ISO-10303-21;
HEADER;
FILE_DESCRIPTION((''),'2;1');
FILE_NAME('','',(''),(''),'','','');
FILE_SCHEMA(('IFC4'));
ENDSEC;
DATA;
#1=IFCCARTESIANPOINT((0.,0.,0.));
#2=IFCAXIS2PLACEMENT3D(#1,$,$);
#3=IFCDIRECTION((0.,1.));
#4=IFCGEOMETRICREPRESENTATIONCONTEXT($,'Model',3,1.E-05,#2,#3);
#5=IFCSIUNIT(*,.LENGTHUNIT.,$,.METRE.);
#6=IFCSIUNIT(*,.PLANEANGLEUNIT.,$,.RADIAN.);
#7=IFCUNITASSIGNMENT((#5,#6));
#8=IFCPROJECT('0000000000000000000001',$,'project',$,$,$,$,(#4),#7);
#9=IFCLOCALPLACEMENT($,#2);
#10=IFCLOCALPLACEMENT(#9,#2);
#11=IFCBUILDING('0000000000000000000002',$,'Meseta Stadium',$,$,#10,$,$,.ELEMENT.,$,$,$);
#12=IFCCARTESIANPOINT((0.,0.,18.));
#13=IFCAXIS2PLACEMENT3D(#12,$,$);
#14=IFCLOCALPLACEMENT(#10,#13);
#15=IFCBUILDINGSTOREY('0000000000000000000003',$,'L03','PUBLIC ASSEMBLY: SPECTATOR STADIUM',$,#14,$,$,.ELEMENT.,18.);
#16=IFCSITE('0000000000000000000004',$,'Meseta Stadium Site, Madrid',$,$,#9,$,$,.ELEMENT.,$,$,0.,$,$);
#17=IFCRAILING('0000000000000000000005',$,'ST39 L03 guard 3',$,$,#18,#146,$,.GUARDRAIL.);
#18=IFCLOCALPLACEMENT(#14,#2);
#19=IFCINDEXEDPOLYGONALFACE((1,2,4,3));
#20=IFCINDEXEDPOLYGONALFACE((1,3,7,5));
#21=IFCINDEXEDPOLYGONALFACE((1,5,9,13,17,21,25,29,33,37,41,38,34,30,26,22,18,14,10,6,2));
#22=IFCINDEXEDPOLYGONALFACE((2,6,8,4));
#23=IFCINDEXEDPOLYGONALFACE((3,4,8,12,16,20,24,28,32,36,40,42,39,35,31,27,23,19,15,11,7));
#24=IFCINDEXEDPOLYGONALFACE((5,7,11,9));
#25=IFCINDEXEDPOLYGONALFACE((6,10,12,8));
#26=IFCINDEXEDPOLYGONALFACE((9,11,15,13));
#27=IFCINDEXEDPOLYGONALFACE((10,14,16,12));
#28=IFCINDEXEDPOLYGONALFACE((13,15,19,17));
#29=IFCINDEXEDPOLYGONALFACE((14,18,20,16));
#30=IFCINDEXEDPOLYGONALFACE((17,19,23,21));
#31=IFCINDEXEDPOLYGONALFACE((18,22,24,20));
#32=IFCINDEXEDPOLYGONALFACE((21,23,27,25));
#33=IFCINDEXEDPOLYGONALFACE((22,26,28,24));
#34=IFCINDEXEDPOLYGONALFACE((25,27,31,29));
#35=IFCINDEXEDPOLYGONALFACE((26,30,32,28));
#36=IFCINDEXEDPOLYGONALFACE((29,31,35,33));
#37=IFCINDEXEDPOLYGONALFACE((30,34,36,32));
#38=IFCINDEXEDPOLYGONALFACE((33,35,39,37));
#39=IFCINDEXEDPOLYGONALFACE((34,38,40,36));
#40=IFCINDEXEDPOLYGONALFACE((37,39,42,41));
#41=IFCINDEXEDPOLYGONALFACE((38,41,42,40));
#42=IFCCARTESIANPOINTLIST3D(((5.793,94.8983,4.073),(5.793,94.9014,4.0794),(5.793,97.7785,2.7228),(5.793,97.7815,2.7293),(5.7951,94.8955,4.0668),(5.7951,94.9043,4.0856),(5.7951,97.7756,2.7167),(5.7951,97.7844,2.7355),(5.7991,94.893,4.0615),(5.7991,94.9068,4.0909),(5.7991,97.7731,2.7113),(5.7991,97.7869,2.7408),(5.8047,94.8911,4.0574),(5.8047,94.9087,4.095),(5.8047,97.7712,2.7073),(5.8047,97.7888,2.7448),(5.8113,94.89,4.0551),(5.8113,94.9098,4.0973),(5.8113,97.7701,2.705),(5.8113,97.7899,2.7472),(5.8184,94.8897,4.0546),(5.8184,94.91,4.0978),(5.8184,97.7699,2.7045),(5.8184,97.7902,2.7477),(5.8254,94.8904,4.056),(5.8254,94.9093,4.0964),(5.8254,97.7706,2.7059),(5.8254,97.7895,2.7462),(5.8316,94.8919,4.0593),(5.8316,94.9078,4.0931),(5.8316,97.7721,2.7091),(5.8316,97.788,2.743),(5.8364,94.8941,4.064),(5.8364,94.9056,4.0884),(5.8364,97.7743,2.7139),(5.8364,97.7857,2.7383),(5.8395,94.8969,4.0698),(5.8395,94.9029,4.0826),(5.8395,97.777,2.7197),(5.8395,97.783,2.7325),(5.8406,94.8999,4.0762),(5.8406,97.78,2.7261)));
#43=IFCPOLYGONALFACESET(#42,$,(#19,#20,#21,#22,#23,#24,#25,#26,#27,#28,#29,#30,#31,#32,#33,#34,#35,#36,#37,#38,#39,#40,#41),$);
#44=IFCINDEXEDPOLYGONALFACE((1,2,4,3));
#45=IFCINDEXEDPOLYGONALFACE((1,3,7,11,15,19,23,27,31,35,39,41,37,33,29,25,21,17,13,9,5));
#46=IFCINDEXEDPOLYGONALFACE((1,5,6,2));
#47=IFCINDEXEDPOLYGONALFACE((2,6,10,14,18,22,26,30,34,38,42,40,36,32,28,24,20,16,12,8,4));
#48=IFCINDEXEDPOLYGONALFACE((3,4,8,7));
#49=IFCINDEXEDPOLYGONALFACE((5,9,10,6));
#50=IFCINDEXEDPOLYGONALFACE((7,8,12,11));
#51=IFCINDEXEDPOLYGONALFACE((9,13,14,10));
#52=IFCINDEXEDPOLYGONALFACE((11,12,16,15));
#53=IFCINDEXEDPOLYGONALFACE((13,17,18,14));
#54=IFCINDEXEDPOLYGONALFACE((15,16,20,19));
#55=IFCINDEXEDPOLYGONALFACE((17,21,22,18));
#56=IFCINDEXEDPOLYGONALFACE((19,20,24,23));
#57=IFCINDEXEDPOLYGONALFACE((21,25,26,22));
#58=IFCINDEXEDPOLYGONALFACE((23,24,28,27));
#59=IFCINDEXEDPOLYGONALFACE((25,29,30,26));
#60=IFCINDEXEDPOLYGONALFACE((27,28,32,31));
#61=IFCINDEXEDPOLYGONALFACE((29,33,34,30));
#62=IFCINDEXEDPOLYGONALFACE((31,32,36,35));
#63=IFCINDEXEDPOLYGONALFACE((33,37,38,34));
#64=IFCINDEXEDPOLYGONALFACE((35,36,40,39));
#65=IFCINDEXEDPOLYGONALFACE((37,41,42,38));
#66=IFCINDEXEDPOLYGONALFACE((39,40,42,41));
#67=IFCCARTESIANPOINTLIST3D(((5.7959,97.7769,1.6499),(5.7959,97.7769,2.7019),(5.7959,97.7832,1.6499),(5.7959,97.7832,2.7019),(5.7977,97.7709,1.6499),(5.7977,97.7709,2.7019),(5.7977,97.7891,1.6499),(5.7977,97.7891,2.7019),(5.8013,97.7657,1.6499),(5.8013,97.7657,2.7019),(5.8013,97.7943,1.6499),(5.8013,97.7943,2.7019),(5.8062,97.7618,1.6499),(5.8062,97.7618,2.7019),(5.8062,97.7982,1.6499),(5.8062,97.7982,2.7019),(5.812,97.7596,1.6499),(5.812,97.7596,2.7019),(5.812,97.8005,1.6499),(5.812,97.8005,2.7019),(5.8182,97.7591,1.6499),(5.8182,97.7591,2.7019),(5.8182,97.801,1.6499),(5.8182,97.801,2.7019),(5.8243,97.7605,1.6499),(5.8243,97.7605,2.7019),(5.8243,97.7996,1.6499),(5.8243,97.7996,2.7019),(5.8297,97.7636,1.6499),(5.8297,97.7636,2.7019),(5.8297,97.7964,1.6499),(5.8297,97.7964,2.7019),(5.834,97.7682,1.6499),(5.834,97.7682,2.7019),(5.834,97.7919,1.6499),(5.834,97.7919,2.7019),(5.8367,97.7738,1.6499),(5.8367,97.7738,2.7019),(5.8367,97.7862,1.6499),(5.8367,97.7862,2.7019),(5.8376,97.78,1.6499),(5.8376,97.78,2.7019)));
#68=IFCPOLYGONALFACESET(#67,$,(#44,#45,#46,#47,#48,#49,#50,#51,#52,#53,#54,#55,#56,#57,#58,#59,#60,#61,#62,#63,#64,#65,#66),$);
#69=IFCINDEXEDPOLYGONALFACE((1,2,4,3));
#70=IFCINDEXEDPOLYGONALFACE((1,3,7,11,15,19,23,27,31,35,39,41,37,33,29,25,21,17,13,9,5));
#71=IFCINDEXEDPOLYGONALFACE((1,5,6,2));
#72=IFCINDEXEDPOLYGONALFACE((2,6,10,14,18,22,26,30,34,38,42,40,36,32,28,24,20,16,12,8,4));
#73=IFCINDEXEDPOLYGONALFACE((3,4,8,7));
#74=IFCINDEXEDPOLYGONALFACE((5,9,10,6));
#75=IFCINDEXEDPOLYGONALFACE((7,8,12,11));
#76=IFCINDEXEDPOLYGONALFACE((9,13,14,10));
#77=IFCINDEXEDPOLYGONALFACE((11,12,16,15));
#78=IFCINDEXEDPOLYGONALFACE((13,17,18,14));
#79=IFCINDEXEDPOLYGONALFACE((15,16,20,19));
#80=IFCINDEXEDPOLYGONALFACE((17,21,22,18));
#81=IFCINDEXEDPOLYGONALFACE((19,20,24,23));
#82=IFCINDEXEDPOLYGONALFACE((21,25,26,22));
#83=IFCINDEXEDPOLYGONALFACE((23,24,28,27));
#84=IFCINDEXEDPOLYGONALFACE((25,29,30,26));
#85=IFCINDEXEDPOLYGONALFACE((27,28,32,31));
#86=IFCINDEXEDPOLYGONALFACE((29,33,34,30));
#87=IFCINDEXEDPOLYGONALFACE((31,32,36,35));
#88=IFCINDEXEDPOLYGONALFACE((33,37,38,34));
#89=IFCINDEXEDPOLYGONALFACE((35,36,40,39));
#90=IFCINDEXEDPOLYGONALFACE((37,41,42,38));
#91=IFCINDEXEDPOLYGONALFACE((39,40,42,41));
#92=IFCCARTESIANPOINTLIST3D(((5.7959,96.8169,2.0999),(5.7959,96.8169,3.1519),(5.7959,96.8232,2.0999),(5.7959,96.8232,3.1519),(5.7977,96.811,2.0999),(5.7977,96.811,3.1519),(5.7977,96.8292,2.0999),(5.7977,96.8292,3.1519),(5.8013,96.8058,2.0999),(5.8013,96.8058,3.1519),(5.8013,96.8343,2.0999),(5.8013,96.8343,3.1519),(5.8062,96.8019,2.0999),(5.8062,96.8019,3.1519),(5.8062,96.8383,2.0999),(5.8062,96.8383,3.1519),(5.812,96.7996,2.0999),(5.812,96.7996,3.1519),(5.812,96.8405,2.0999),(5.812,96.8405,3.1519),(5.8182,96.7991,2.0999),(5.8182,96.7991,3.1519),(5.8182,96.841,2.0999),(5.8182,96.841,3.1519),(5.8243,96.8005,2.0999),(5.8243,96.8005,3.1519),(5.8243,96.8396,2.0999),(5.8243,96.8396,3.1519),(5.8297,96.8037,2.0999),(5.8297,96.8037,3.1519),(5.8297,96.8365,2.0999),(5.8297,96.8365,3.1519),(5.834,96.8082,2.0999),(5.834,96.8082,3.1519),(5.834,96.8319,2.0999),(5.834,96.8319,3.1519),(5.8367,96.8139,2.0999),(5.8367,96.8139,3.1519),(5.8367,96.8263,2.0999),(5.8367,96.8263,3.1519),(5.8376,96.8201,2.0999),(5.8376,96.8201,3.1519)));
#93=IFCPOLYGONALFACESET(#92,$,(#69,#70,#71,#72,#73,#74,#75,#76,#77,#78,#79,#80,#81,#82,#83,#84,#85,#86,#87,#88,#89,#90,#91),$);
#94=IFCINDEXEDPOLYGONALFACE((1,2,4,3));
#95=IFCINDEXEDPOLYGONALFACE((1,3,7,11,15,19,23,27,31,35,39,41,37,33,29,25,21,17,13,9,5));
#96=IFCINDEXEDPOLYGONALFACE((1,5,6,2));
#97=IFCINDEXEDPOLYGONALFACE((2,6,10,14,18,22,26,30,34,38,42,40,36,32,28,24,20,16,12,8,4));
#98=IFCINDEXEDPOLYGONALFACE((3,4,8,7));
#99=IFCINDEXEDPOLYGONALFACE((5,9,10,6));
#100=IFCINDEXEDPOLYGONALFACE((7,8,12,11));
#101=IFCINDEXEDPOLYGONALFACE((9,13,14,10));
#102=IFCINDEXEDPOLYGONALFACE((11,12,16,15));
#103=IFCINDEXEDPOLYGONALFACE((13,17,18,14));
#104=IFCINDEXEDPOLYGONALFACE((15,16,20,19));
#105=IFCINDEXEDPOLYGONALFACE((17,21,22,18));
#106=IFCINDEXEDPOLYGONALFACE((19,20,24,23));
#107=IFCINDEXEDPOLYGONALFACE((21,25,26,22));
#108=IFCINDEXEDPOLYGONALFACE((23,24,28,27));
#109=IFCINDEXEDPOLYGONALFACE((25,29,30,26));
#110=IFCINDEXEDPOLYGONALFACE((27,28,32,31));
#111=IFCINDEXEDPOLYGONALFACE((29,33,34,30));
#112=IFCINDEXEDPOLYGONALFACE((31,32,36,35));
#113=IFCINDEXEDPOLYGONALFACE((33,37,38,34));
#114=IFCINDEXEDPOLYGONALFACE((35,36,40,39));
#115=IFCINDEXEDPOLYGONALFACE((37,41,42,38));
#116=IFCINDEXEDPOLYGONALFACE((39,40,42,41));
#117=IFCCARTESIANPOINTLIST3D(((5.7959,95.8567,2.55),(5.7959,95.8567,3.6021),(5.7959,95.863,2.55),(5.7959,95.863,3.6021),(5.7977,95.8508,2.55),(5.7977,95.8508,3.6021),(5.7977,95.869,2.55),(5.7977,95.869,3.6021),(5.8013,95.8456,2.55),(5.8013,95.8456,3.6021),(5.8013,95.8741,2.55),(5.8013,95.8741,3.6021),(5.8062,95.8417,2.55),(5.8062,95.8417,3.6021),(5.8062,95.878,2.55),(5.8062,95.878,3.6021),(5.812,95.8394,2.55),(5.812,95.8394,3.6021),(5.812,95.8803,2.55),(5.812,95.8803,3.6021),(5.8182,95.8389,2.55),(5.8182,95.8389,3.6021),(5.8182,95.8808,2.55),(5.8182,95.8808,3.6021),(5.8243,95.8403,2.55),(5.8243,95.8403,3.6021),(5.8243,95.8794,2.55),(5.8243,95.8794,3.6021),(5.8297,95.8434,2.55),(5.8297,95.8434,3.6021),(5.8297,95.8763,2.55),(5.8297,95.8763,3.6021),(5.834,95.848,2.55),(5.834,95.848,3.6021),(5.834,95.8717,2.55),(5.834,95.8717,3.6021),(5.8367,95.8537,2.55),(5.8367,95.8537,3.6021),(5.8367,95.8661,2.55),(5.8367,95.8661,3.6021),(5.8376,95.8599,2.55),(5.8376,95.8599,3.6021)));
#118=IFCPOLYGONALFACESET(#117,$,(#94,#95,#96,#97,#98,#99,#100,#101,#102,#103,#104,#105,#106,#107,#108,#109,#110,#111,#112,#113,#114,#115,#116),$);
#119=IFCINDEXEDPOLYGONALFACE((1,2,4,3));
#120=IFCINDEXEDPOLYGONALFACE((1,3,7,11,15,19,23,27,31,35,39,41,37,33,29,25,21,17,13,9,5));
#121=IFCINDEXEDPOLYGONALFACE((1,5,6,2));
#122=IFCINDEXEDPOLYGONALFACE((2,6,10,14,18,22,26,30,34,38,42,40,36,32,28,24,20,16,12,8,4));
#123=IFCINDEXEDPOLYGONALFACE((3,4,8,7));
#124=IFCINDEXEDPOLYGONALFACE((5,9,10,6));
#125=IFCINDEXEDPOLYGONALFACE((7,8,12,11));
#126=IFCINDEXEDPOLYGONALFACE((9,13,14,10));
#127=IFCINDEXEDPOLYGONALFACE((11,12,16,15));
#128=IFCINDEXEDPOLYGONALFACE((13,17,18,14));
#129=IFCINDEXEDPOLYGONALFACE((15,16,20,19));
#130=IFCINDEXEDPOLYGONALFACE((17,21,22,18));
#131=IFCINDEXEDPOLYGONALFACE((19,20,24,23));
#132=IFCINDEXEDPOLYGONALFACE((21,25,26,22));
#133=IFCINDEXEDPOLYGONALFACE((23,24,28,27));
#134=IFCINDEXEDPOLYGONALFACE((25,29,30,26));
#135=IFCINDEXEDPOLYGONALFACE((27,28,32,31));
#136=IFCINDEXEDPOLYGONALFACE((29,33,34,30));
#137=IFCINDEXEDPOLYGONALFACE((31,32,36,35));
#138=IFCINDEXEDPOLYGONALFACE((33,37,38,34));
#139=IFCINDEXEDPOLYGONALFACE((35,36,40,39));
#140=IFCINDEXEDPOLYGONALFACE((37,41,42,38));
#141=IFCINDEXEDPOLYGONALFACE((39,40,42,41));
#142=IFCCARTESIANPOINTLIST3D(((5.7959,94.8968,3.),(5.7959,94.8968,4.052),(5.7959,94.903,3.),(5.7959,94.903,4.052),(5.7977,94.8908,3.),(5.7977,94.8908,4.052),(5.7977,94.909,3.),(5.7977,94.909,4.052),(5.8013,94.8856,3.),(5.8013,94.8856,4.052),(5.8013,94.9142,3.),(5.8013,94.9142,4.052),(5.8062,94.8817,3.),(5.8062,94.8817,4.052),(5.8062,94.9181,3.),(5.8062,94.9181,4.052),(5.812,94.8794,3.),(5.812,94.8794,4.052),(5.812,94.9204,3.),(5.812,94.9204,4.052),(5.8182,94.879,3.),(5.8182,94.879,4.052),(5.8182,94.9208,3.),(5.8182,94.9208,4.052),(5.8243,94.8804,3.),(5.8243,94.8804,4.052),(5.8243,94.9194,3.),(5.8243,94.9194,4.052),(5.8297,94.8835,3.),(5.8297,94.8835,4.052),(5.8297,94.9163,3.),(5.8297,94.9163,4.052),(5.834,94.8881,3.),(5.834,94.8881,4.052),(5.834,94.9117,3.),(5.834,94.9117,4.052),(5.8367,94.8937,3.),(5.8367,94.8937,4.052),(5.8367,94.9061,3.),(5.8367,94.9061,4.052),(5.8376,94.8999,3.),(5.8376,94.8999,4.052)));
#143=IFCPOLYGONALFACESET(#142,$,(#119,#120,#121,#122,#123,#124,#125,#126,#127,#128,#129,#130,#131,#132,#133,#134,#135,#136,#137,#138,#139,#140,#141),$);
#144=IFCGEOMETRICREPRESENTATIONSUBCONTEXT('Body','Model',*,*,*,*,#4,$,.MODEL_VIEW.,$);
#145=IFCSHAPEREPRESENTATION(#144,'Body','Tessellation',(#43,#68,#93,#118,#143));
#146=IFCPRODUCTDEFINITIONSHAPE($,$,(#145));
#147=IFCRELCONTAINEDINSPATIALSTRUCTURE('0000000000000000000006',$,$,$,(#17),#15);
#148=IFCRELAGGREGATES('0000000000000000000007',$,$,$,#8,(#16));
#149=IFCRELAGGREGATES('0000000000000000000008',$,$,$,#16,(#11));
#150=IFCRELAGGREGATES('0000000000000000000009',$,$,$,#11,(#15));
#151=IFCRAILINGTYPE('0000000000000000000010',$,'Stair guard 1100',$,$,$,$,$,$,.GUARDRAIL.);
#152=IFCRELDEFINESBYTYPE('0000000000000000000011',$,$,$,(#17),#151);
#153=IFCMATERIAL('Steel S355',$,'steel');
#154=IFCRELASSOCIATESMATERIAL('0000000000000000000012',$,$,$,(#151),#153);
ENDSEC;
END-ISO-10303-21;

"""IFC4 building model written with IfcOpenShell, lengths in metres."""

from ifc_helpers import new_model, si_unit, direction, frame, origin, origin_2d, place, context, subcontext, project, spatial, circle, extrude, material, type_object, element, save


model = new_model("IFC4")

# Units and contexts
model_context = context("Model", 3, precision=1e-05, world=origin(), true_north=direction((0.0, 1.0)))
body_context = subcontext(model_context, "Body", "Model", "MODEL_VIEW")
ifc_project = project(units=[si_unit("LENGTHUNIT", "METRE"), si_unit("PLANEANGLEUNIT", "RADIAN")], contexts=[model_context])

# Site, building, storey
site_placement = place(None, origin())
site = spatial("IfcSite", under=ifc_project, at=site_placement, Name="Meseta Stadium Site, Madrid", CompositionType="ELEMENT", RefElevation=0.0)
building_placement = place(site_placement, origin())
building = spatial("IfcBuilding", under=site, at=building_placement, Name="Meseta Stadium", CompositionType="ELEMENT")
storey_placement = place(building_placement, frame((0.0, 0.0, 18.0)))
storey = spatial("IfcBuildingStorey", under=building, at=storey_placement, Name="L03", Description="PUBLIC ASSEMBLY: SPECTATOR STADIUM", CompositionType="ELEMENT", Elevation=18.0)

# Railing
ifc_material_1 = material(Name="Steel S355", Category="steel")
railing_type_1 = type_object("IfcRailingType", Name="Stair guard 1100", PredefinedType="GUARDRAIL", material=ifc_material_1)
for number, where, name in (
    (1, (5.8167, 97.78, 1.6499), "ST39 L03 guard 3"),
):
    element("IfcRailing", number, at=place(storey_placement, frame(where)), inside=storey, type_object=railing_type_1, Name=name, PredefinedType="GUARDRAIL", context=body_context, shape_type="SweptSolid", body=[
        extrude(circle(Radius=0.0239, at=origin_2d()), frame((0.0, 0.0, 1.0762), z_axis=(0.0, -0.905454, 0.424444), x_axis=(1.0, 0.0, 0.0)), (0.0, 0.0, 1.0), 3.1809),
        extrude(circle(Radius=0.021, at=origin_2d()), origin(), (0.0, 0.0, 1.0), 1.052),
        extrude(circle(Radius=0.021, at=origin_2d()), frame((0.0, -0.96, 0.45)), (0.0, 0.0, 1.0), 1.052),
        extrude(circle(Radius=0.021, at=origin_2d()), frame((0.0, -1.9202, 0.9001)), (0.0, 0.0, 1.0), 1.052),
        extrude(circle(Radius=0.021, at=origin_2d()), frame((0.0, -2.8801, 1.3501)), (0.0, 0.0, 1.0), 1.052),
    ])

save(model, "model.ifc")
